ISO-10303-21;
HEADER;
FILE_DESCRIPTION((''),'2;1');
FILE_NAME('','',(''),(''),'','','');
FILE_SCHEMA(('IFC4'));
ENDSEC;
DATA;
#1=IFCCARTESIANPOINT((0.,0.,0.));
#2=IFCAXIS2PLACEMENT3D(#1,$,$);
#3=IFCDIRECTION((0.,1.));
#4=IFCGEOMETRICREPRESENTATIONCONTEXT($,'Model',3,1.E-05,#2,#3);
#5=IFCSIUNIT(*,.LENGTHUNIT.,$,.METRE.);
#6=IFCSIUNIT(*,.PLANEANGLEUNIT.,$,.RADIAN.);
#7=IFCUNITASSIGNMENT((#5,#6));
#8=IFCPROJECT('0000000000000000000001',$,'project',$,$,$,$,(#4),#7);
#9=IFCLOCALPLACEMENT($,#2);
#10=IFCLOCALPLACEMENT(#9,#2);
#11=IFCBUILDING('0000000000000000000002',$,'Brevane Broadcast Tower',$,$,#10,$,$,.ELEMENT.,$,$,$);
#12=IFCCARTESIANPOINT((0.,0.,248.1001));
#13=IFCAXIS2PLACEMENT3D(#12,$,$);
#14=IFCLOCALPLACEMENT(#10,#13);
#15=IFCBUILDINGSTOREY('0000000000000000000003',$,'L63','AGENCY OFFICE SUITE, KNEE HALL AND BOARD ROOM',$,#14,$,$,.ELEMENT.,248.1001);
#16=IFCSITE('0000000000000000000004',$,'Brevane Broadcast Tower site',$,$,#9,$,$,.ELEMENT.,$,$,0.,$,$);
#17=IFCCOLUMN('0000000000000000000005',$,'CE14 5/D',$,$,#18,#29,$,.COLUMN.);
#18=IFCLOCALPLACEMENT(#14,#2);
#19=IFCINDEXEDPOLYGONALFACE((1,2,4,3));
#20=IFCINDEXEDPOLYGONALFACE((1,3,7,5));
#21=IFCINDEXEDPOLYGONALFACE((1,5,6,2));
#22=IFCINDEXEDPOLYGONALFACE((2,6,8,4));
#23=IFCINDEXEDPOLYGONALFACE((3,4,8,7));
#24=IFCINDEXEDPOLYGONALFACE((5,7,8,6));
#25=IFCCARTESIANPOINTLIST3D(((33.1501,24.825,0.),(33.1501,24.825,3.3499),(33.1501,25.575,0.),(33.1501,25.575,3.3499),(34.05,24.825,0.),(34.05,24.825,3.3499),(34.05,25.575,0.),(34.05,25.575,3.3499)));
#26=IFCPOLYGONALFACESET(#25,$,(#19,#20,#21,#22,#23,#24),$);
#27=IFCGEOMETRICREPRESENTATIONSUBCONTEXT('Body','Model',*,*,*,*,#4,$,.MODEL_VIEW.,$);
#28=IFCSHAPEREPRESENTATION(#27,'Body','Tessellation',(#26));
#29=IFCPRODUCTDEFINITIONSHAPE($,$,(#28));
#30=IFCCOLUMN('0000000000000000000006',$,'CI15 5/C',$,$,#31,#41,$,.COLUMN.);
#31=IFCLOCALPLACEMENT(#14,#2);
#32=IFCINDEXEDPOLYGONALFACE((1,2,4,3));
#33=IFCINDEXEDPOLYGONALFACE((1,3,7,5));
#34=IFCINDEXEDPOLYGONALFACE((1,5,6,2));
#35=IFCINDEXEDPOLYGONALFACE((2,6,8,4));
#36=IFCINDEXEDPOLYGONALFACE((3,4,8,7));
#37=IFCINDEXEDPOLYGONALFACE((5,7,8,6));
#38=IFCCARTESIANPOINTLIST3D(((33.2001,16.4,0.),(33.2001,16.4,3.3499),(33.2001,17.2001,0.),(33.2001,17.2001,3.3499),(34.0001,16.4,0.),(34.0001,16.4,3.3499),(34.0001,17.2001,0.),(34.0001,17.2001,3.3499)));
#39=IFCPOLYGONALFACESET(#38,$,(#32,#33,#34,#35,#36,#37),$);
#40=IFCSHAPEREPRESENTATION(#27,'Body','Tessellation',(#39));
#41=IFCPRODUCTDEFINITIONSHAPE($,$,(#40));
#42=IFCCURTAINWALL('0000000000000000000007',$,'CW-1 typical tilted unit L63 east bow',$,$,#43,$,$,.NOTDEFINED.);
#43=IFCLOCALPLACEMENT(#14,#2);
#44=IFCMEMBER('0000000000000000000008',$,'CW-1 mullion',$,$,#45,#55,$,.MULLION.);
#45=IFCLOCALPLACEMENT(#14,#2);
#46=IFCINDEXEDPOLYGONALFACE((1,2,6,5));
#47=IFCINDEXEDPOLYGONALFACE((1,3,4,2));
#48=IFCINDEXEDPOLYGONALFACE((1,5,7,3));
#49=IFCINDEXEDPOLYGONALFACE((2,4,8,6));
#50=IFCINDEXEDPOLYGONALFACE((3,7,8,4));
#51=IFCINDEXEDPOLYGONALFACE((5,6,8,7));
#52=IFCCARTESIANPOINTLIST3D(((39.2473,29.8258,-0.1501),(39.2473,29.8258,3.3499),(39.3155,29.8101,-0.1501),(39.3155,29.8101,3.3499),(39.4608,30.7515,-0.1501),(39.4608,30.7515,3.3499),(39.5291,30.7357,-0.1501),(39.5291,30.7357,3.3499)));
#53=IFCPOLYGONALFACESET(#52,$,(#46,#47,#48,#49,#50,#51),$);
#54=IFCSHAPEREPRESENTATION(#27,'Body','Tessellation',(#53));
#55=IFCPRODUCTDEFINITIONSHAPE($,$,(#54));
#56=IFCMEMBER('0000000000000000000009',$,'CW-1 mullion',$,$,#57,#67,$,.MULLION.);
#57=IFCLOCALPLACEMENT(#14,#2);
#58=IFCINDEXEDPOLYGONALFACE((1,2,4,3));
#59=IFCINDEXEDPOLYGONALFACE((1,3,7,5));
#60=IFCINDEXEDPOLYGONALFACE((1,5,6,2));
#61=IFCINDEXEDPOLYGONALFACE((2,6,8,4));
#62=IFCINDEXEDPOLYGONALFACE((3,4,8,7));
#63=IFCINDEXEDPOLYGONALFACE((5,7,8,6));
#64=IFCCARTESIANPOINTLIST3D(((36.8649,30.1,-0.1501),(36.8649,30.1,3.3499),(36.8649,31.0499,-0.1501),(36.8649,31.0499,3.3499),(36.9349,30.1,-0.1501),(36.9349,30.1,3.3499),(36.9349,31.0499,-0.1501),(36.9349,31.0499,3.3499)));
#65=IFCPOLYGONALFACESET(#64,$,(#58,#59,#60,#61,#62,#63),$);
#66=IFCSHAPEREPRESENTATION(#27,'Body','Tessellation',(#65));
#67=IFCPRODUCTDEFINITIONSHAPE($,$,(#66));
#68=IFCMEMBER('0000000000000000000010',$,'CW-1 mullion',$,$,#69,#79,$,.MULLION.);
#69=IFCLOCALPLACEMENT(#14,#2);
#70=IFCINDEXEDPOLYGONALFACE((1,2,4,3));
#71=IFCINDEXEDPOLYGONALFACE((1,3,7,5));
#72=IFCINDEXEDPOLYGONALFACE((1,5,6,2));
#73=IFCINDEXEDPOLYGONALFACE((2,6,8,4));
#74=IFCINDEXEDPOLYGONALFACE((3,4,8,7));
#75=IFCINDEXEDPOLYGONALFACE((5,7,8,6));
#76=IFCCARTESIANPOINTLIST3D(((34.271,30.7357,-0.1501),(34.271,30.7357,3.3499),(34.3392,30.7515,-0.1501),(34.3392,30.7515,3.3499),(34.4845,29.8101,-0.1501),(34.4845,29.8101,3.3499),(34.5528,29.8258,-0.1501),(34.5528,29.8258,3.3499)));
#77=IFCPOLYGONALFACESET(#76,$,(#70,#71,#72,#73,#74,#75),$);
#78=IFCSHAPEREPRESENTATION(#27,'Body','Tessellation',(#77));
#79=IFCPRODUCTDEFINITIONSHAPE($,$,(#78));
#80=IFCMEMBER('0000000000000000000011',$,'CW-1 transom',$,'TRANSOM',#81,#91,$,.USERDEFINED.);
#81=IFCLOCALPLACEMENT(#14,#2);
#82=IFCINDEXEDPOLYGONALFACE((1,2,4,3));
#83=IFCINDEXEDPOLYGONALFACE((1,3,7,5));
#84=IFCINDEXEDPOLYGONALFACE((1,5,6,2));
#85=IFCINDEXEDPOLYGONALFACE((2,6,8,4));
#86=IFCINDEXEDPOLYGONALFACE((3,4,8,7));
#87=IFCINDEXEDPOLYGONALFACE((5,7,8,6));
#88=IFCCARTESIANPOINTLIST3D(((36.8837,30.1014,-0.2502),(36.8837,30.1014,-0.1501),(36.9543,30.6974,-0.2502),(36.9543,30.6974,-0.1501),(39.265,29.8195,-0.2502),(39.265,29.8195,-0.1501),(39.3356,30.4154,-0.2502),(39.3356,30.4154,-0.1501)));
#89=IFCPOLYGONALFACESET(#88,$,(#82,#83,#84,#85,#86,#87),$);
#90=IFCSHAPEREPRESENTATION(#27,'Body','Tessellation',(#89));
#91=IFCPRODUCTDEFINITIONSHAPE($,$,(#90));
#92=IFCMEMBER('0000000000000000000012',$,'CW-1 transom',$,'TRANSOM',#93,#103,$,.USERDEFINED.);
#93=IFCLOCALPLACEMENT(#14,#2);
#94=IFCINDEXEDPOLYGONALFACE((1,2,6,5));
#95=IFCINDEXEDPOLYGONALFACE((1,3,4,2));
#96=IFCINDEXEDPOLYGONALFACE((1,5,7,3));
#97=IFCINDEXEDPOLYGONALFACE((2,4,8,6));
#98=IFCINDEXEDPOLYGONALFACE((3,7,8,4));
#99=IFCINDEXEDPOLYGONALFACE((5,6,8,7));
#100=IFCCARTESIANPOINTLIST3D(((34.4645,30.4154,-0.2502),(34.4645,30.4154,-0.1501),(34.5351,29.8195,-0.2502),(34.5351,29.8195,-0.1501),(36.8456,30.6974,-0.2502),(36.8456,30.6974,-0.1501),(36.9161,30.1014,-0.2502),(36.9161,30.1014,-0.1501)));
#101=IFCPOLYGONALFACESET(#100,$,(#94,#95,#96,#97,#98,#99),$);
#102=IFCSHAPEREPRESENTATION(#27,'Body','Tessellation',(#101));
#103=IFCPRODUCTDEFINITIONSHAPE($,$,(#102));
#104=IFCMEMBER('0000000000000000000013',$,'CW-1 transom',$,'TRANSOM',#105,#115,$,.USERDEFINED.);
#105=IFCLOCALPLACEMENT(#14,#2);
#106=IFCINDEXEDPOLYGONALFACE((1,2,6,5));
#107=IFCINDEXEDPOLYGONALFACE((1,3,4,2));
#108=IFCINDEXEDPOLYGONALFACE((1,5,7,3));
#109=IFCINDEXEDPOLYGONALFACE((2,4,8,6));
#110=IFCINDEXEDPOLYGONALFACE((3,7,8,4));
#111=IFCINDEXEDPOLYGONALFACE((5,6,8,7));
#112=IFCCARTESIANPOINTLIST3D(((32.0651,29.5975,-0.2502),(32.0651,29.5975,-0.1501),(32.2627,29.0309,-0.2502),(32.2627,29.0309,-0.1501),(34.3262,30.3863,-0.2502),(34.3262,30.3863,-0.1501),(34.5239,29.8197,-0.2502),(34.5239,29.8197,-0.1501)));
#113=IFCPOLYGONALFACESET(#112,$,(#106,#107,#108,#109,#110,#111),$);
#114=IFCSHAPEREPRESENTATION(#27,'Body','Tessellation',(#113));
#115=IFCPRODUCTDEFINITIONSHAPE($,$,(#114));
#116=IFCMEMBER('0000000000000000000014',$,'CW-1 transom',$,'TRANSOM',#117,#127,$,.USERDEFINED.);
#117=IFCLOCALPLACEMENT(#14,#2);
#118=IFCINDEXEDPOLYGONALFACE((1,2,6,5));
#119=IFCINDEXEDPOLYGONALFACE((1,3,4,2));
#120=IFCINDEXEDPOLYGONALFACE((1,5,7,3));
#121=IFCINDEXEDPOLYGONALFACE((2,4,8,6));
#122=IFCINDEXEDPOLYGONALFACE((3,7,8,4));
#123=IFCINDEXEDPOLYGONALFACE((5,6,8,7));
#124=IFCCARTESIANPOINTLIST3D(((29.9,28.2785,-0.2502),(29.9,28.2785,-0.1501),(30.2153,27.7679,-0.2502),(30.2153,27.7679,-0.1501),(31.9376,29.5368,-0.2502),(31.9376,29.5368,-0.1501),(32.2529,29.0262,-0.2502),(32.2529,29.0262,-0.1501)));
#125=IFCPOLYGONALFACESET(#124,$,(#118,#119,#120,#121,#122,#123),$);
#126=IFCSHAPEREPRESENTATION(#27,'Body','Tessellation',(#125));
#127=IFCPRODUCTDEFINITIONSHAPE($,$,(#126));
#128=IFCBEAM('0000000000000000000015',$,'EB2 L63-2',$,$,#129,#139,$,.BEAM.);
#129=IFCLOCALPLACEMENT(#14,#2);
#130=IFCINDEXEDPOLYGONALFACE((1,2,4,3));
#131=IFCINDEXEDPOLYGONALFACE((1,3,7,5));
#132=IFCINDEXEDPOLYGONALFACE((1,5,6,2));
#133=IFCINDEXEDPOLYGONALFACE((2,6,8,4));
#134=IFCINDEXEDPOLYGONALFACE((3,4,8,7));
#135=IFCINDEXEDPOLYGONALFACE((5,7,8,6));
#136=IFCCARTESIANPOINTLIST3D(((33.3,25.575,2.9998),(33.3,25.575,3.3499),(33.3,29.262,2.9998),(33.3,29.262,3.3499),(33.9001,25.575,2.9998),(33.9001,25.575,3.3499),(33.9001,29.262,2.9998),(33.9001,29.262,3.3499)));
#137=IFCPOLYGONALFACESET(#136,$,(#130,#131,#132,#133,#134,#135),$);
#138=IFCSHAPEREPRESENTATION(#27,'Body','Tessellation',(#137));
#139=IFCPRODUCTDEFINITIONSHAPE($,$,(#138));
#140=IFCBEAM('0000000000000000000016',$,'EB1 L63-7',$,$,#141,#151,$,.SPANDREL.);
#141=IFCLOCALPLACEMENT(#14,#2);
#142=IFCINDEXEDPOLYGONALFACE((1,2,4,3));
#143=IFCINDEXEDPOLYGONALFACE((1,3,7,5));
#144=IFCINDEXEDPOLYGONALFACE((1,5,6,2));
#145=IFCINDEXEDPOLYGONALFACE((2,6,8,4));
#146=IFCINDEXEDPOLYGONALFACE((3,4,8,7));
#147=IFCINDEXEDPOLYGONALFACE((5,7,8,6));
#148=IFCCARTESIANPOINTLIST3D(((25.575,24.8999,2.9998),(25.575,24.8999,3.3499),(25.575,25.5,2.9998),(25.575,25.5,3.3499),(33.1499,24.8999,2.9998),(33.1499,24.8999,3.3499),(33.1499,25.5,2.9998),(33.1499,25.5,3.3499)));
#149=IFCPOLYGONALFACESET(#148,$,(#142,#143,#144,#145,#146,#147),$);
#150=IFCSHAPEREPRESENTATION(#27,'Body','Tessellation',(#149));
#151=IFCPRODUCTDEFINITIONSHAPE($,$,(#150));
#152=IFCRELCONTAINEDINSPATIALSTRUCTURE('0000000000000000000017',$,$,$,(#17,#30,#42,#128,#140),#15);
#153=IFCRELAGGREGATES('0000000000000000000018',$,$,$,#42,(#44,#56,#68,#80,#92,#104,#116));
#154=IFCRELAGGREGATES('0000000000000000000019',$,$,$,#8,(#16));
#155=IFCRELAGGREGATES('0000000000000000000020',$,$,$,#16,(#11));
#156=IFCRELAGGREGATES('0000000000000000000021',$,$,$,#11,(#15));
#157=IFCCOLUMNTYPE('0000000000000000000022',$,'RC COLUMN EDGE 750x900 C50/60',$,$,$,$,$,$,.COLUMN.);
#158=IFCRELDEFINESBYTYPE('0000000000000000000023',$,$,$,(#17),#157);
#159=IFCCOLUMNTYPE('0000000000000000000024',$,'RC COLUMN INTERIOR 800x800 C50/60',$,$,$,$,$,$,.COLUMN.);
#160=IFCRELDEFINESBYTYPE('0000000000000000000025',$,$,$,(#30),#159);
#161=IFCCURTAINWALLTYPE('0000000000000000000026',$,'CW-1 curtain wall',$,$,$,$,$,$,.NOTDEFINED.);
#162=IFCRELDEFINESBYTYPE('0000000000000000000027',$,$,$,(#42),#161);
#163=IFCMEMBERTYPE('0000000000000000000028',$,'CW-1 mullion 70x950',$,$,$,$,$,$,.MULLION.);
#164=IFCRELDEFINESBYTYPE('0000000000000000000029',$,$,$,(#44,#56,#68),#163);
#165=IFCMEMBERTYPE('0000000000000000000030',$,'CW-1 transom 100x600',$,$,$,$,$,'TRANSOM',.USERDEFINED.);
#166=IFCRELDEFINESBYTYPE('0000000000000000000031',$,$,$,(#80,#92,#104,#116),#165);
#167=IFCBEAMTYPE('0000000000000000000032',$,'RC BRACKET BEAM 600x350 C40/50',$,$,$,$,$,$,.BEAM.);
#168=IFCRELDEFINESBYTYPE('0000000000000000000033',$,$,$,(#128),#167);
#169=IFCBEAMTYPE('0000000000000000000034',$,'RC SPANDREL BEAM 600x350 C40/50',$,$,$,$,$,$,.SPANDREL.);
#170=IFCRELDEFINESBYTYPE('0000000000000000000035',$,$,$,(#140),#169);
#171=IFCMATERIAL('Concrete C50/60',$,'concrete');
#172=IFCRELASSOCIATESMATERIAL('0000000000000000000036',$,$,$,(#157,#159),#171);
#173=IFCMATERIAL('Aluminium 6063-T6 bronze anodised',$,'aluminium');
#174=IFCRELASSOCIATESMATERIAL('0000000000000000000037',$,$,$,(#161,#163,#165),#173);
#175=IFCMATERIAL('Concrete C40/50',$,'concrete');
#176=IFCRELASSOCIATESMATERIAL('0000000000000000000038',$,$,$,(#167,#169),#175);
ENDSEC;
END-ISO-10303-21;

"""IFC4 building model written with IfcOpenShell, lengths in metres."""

from ifc_helpers import new_model, si_unit, direction, frame, origin, origin_2d, place, context, subcontext, project, spatial, rectangle, extrude, material, material_profile, profile_set, type_object, element, aggregate, save


model = new_model("IFC4")

# Units and contexts
model_context = context("Model", 3, precision=1e-05, world=origin(), true_north=direction((0.0, 1.0)))
body_context = subcontext(model_context, "Body", "Model", "MODEL_VIEW")
ifc_project = project(units=[si_unit("LENGTHUNIT", "METRE"), si_unit("PLANEANGLEUNIT", "RADIAN")], contexts=[model_context])

# Site, building, storey
site_placement = place(None, origin())
site = spatial("IfcSite", under=ifc_project, at=site_placement, Name="Brevane Broadcast Tower site", CompositionType="ELEMENT", RefElevation=0.0)
building_placement = place(site_placement, origin())
building = spatial("IfcBuilding", under=site, at=building_placement, Name="Brevane Broadcast Tower", CompositionType="ELEMENT")
storey_placement = place(building_placement, frame((0.0, 0.0, 248.1001)))
storey = spatial("IfcBuildingStorey", under=building, at=storey_placement, Name="L63", Description="AGENCY OFFICE SUITE, KNEE HALL AND BOARD ROOM", CompositionType="ELEMENT", Elevation=248.1001)

# Columns
ifc_material_1 = material(Name="Concrete C50/60", Category="concrete")
ifc_material_profile_1 = material_profile(ifc_material_1, rectangle(XDim=0.75, YDim=0.8999, at=origin_2d()), Name="RC 750x900")
ifc_profile_set_1 = profile_set([ifc_material_profile_1], Name="Concrete C50/60")
column_type_1 = type_object("IfcColumnType", Name="RC COLUMN EDGE 750x900 C50/60", PredefinedType="COLUMN", material=ifc_profile_set_1)
column_1_placement = place(storey_placement, frame((33.6001, 25.2, 0.0), z_axis=(0.0, 0.0, 1.0), x_axis=(0.0, 1.0, 0.0)))
element("IfcColumn", 1, at=column_1_placement, inside=storey, type_object=column_type_1, Name="CE14 5/D", PredefinedType="COLUMN", context=body_context, shape_type="SweptSolid", body=[
    extrude(rectangle(XDim=0.75, YDim=0.8999, at=origin_2d()), origin(), (0.0, 0.0, 1.0), 3.3499),
])
ifc_material_profile_2 = material_profile(ifc_material_1, rectangle(XDim=0.8, YDim=0.8, at=origin_2d()), Name="RC 800x800")
ifc_profile_set_2 = profile_set([ifc_material_profile_2], Name="Concrete C50/60")
column_type_2 = type_object("IfcColumnType", Name="RC COLUMN INTERIOR 800x800 C50/60", PredefinedType="COLUMN", material=ifc_profile_set_2)
column_2_placement = place(storey_placement, frame((33.6001, 16.8, 0.0), z_axis=(0.0, 0.0, 1.0), x_axis=(1.0, 0.0, 0.0)))
element("IfcColumn", 2, at=column_2_placement, inside=storey, type_object=column_type_2, Name="CI15 5/C", PredefinedType="COLUMN", context=body_context, shape_type="SweptSolid", body=[
    extrude(rectangle(XDim=0.8, YDim=0.8, at=origin_2d()), origin(), (0.0, 0.0, 1.0), 3.3499),
])

# Curtain wall, members
ifc_material_2 = material(Name="Aluminium 6063-T6 bronze anodised", Category="aluminium")
curtain_wall_type = type_object("IfcCurtainWallType", Name="CW-1 curtain wall", PredefinedType="NOTDEFINED", material=ifc_material_2)
curtain_wall_placement = place(storey_placement, origin())
curtain_wall = element("IfcCurtainWall", 3, at=curtain_wall_placement, inside=storey, type_object=curtain_wall_type, Name="CW-1 typical tilted unit L63 east bow", PredefinedType="NOTDEFINED")
ifc_material_profile_3 = material_profile(ifc_material_2, rectangle(XDim=0.95, YDim=0.0701, at=origin_2d()), Name="RECT 70x950")
ifc_profile_set_3 = profile_set([ifc_material_profile_3], Name="Aluminium 6063-T6 bronze anodised")
member_type_1 = type_object("IfcMemberType", Name="CW-1 mullion 70x950", PredefinedType="MULLION", material=ifc_profile_set_3)
member_1_placement = place(storey_placement, frame((39.3882, 30.2808, -0.1501), z_axis=(0.0, 0.0, 1.0), x_axis=(-0.224807, -0.974403, 0.0)))
member_1 = element("IfcMember", 4, at=member_1_placement, type_object=member_type_1, Name="CW-1 mullion", PredefinedType="MULLION", context=body_context, shape_type="SweptSolid", body=[
    extrude(rectangle(XDim=0.95, YDim=0.0701, at=origin_2d()), origin(), (0.0, 0.0, 1.0), 3.5),
])
member_2_placement = place(storey_placement, frame((36.8999, 30.575, -0.1501), z_axis=(0.0, 0.0, 1.0), x_axis=(0.0, -1.0, 0.0)))
member_2 = element("IfcMember", 5, at=member_2_placement, type_object=member_type_1, Name="CW-1 mullion", PredefinedType="MULLION", context=body_context, shape_type="SweptSolid", body=[
    extrude(rectangle(XDim=0.95, YDim=0.0701, at=origin_2d()), origin(), (0.0, 0.0, 1.0), 3.5),
])
member_3_placement = place(storey_placement, frame((34.4119, 30.2808, -0.1501), z_axis=(0.0, 0.0, 1.0), x_axis=(0.224807, -0.974403, 0.0)))
member_3 = element("IfcMember", 6, at=member_3_placement, type_object=member_type_1, Name="CW-1 mullion", PredefinedType="MULLION", context=body_context, shape_type="SweptSolid", body=[
    extrude(rectangle(XDim=0.95, YDim=0.0701, at=origin_2d()), origin(), (0.0, 0.0, 1.0), 3.5),
])
ifc_material_profile_4 = material_profile(ifc_material_2, rectangle(XDim=0.6001, YDim=0.1001, at=origin_2d()), Name="RECT 100x600")
ifc_profile_set_4 = profile_set([ifc_material_profile_4], Name="Aluminium 6063-T6 bronze anodised")
member_type_2 = type_object("IfcMemberType", Name="CW-1 transom 100x600", ElementType="TRANSOM", PredefinedType="USERDEFINED", material=ifc_profile_set_4)
member_4_placement = place(storey_placement, frame((39.3003, 30.1174, -0.2002), z_axis=(-0.993062, 0.117591, 0.0), x_axis=(-0.117591, -0.993062, 0.0)))
member_4 = element("IfcMember", 7, at=member_4_placement, type_object=member_type_2, Name="CW-1 transom", ObjectType="TRANSOM", PredefinedType="USERDEFINED", context=body_context, shape_type="SweptSolid", body=[
    extrude(rectangle(XDim=0.6001, YDim=0.1001, at=origin_2d()), origin(), (0.0, 0.0, 1.0), 2.3979),
])
member_5_placement = place(storey_placement, frame((36.8809, 30.3994, -0.2002), z_axis=(-0.993061, -0.117603, 0.0), x_axis=(0.117603, -0.993061, 0.0)))
member_5 = element("IfcMember", 8, at=member_5_placement, type_object=member_type_2, Name="CW-1 transom", ObjectType="TRANSOM", PredefinedType="USERDEFINED", context=body_context, shape_type="SweptSolid", body=[
    extrude(rectangle(XDim=0.6001, YDim=0.1001, at=origin_2d()), origin(), (0.0, 0.0, 1.0), 2.3977),
])
member_6_placement = place(storey_placement, frame((34.425, 30.103, -0.2002), z_axis=(-0.944198, -0.329378, 0.0), x_axis=(0.329378, -0.944198, 0.0)))
member_6 = element("IfcMember", 9, at=member_6_placement, type_object=member_type_2, Name="CW-1 transom", ObjectType="TRANSOM", PredefinedType="USERDEFINED", context=body_context, shape_type="SweptSolid", body=[
    extrude(rectangle(XDim=0.6001, YDim=0.1001, at=origin_2d()), origin(), (0.0, 0.0, 1.0), 2.3948),
])
member_7_placement = place(storey_placement, frame((32.0952, 29.2815, -0.2002), z_axis=(-0.850838, -0.525428, 0.0), x_axis=(0.525428, -0.850838, 0.0)))
member_7 = element("IfcMember", 10, at=member_7_placement, type_object=member_type_2, Name="CW-1 transom", ObjectType="TRANSOM", PredefinedType="USERDEFINED", context=body_context, shape_type="SweptSolid", body=[
    extrude(rectangle(XDim=0.6001, YDim=0.1001, at=origin_2d()), origin(), (0.0, 0.0, 1.0), 2.3948),
])
aggregate(curtain_wall, [member_1, member_2, member_3, member_4, member_5, member_6, member_7])

# Beams
ifc_material_3 = material(Name="Concrete C40/50", Category="concrete")
ifc_material_profile_5 = material_profile(ifc_material_3, rectangle(XDim=0.6001, YDim=0.3501, at=origin_2d()), Name="RC 600x350")
ifc_profile_set_5 = profile_set([ifc_material_profile_5], Name="Concrete C40/50")
beam_type_1 = type_object("IfcBeamType", Name="RC BRACKET BEAM 600x350 C40/50", PredefinedType="BEAM", material=ifc_profile_set_5)
beam_1_placement = place(storey_placement, frame((33.6001, 25.575, 3.1748), z_axis=(0.0, 1.0, 0.0), x_axis=(-1.0, 0.0, 0.0)))
element("IfcBeam", 11, at=beam_1_placement, inside=storey, type_object=beam_type_1, Name="EB2 L63-2", PredefinedType="BEAM", context=body_context, shape_type="SweptSolid", body=[
    extrude(rectangle(XDim=0.6001, YDim=0.3501, at=origin_2d()), origin(), (0.0, 0.0, 1.0), 3.687),
])
ifc_material_profile_6 = material_profile(ifc_material_3, rectangle(XDim=0.6001, YDim=0.3501, at=origin_2d()), Name="RC 600x350")
ifc_profile_set_6 = profile_set([ifc_material_profile_6], Name="Concrete C40/50")
beam_type_2 = type_object("IfcBeamType", Name="RC SPANDREL BEAM 600x350 C40/50", PredefinedType="SPANDREL", material=ifc_profile_set_6)
beam_2_placement = place(storey_placement, frame((33.1499, 25.2, 3.1748), z_axis=(-1.0, 0.0, 0.0), x_axis=(0.0, -1.0, 0.0)))
element("IfcBeam", 12, at=beam_2_placement, inside=storey, type_object=beam_type_2, Name="EB1 L63-7", PredefinedType="SPANDREL", context=body_context, shape_type="SweptSolid", body=[
    extrude(rectangle(XDim=0.6001, YDim=0.3501, at=origin_2d()), origin(), (0.0, 0.0, 1.0), 7.575),
])

save(model, "model.ifc")
